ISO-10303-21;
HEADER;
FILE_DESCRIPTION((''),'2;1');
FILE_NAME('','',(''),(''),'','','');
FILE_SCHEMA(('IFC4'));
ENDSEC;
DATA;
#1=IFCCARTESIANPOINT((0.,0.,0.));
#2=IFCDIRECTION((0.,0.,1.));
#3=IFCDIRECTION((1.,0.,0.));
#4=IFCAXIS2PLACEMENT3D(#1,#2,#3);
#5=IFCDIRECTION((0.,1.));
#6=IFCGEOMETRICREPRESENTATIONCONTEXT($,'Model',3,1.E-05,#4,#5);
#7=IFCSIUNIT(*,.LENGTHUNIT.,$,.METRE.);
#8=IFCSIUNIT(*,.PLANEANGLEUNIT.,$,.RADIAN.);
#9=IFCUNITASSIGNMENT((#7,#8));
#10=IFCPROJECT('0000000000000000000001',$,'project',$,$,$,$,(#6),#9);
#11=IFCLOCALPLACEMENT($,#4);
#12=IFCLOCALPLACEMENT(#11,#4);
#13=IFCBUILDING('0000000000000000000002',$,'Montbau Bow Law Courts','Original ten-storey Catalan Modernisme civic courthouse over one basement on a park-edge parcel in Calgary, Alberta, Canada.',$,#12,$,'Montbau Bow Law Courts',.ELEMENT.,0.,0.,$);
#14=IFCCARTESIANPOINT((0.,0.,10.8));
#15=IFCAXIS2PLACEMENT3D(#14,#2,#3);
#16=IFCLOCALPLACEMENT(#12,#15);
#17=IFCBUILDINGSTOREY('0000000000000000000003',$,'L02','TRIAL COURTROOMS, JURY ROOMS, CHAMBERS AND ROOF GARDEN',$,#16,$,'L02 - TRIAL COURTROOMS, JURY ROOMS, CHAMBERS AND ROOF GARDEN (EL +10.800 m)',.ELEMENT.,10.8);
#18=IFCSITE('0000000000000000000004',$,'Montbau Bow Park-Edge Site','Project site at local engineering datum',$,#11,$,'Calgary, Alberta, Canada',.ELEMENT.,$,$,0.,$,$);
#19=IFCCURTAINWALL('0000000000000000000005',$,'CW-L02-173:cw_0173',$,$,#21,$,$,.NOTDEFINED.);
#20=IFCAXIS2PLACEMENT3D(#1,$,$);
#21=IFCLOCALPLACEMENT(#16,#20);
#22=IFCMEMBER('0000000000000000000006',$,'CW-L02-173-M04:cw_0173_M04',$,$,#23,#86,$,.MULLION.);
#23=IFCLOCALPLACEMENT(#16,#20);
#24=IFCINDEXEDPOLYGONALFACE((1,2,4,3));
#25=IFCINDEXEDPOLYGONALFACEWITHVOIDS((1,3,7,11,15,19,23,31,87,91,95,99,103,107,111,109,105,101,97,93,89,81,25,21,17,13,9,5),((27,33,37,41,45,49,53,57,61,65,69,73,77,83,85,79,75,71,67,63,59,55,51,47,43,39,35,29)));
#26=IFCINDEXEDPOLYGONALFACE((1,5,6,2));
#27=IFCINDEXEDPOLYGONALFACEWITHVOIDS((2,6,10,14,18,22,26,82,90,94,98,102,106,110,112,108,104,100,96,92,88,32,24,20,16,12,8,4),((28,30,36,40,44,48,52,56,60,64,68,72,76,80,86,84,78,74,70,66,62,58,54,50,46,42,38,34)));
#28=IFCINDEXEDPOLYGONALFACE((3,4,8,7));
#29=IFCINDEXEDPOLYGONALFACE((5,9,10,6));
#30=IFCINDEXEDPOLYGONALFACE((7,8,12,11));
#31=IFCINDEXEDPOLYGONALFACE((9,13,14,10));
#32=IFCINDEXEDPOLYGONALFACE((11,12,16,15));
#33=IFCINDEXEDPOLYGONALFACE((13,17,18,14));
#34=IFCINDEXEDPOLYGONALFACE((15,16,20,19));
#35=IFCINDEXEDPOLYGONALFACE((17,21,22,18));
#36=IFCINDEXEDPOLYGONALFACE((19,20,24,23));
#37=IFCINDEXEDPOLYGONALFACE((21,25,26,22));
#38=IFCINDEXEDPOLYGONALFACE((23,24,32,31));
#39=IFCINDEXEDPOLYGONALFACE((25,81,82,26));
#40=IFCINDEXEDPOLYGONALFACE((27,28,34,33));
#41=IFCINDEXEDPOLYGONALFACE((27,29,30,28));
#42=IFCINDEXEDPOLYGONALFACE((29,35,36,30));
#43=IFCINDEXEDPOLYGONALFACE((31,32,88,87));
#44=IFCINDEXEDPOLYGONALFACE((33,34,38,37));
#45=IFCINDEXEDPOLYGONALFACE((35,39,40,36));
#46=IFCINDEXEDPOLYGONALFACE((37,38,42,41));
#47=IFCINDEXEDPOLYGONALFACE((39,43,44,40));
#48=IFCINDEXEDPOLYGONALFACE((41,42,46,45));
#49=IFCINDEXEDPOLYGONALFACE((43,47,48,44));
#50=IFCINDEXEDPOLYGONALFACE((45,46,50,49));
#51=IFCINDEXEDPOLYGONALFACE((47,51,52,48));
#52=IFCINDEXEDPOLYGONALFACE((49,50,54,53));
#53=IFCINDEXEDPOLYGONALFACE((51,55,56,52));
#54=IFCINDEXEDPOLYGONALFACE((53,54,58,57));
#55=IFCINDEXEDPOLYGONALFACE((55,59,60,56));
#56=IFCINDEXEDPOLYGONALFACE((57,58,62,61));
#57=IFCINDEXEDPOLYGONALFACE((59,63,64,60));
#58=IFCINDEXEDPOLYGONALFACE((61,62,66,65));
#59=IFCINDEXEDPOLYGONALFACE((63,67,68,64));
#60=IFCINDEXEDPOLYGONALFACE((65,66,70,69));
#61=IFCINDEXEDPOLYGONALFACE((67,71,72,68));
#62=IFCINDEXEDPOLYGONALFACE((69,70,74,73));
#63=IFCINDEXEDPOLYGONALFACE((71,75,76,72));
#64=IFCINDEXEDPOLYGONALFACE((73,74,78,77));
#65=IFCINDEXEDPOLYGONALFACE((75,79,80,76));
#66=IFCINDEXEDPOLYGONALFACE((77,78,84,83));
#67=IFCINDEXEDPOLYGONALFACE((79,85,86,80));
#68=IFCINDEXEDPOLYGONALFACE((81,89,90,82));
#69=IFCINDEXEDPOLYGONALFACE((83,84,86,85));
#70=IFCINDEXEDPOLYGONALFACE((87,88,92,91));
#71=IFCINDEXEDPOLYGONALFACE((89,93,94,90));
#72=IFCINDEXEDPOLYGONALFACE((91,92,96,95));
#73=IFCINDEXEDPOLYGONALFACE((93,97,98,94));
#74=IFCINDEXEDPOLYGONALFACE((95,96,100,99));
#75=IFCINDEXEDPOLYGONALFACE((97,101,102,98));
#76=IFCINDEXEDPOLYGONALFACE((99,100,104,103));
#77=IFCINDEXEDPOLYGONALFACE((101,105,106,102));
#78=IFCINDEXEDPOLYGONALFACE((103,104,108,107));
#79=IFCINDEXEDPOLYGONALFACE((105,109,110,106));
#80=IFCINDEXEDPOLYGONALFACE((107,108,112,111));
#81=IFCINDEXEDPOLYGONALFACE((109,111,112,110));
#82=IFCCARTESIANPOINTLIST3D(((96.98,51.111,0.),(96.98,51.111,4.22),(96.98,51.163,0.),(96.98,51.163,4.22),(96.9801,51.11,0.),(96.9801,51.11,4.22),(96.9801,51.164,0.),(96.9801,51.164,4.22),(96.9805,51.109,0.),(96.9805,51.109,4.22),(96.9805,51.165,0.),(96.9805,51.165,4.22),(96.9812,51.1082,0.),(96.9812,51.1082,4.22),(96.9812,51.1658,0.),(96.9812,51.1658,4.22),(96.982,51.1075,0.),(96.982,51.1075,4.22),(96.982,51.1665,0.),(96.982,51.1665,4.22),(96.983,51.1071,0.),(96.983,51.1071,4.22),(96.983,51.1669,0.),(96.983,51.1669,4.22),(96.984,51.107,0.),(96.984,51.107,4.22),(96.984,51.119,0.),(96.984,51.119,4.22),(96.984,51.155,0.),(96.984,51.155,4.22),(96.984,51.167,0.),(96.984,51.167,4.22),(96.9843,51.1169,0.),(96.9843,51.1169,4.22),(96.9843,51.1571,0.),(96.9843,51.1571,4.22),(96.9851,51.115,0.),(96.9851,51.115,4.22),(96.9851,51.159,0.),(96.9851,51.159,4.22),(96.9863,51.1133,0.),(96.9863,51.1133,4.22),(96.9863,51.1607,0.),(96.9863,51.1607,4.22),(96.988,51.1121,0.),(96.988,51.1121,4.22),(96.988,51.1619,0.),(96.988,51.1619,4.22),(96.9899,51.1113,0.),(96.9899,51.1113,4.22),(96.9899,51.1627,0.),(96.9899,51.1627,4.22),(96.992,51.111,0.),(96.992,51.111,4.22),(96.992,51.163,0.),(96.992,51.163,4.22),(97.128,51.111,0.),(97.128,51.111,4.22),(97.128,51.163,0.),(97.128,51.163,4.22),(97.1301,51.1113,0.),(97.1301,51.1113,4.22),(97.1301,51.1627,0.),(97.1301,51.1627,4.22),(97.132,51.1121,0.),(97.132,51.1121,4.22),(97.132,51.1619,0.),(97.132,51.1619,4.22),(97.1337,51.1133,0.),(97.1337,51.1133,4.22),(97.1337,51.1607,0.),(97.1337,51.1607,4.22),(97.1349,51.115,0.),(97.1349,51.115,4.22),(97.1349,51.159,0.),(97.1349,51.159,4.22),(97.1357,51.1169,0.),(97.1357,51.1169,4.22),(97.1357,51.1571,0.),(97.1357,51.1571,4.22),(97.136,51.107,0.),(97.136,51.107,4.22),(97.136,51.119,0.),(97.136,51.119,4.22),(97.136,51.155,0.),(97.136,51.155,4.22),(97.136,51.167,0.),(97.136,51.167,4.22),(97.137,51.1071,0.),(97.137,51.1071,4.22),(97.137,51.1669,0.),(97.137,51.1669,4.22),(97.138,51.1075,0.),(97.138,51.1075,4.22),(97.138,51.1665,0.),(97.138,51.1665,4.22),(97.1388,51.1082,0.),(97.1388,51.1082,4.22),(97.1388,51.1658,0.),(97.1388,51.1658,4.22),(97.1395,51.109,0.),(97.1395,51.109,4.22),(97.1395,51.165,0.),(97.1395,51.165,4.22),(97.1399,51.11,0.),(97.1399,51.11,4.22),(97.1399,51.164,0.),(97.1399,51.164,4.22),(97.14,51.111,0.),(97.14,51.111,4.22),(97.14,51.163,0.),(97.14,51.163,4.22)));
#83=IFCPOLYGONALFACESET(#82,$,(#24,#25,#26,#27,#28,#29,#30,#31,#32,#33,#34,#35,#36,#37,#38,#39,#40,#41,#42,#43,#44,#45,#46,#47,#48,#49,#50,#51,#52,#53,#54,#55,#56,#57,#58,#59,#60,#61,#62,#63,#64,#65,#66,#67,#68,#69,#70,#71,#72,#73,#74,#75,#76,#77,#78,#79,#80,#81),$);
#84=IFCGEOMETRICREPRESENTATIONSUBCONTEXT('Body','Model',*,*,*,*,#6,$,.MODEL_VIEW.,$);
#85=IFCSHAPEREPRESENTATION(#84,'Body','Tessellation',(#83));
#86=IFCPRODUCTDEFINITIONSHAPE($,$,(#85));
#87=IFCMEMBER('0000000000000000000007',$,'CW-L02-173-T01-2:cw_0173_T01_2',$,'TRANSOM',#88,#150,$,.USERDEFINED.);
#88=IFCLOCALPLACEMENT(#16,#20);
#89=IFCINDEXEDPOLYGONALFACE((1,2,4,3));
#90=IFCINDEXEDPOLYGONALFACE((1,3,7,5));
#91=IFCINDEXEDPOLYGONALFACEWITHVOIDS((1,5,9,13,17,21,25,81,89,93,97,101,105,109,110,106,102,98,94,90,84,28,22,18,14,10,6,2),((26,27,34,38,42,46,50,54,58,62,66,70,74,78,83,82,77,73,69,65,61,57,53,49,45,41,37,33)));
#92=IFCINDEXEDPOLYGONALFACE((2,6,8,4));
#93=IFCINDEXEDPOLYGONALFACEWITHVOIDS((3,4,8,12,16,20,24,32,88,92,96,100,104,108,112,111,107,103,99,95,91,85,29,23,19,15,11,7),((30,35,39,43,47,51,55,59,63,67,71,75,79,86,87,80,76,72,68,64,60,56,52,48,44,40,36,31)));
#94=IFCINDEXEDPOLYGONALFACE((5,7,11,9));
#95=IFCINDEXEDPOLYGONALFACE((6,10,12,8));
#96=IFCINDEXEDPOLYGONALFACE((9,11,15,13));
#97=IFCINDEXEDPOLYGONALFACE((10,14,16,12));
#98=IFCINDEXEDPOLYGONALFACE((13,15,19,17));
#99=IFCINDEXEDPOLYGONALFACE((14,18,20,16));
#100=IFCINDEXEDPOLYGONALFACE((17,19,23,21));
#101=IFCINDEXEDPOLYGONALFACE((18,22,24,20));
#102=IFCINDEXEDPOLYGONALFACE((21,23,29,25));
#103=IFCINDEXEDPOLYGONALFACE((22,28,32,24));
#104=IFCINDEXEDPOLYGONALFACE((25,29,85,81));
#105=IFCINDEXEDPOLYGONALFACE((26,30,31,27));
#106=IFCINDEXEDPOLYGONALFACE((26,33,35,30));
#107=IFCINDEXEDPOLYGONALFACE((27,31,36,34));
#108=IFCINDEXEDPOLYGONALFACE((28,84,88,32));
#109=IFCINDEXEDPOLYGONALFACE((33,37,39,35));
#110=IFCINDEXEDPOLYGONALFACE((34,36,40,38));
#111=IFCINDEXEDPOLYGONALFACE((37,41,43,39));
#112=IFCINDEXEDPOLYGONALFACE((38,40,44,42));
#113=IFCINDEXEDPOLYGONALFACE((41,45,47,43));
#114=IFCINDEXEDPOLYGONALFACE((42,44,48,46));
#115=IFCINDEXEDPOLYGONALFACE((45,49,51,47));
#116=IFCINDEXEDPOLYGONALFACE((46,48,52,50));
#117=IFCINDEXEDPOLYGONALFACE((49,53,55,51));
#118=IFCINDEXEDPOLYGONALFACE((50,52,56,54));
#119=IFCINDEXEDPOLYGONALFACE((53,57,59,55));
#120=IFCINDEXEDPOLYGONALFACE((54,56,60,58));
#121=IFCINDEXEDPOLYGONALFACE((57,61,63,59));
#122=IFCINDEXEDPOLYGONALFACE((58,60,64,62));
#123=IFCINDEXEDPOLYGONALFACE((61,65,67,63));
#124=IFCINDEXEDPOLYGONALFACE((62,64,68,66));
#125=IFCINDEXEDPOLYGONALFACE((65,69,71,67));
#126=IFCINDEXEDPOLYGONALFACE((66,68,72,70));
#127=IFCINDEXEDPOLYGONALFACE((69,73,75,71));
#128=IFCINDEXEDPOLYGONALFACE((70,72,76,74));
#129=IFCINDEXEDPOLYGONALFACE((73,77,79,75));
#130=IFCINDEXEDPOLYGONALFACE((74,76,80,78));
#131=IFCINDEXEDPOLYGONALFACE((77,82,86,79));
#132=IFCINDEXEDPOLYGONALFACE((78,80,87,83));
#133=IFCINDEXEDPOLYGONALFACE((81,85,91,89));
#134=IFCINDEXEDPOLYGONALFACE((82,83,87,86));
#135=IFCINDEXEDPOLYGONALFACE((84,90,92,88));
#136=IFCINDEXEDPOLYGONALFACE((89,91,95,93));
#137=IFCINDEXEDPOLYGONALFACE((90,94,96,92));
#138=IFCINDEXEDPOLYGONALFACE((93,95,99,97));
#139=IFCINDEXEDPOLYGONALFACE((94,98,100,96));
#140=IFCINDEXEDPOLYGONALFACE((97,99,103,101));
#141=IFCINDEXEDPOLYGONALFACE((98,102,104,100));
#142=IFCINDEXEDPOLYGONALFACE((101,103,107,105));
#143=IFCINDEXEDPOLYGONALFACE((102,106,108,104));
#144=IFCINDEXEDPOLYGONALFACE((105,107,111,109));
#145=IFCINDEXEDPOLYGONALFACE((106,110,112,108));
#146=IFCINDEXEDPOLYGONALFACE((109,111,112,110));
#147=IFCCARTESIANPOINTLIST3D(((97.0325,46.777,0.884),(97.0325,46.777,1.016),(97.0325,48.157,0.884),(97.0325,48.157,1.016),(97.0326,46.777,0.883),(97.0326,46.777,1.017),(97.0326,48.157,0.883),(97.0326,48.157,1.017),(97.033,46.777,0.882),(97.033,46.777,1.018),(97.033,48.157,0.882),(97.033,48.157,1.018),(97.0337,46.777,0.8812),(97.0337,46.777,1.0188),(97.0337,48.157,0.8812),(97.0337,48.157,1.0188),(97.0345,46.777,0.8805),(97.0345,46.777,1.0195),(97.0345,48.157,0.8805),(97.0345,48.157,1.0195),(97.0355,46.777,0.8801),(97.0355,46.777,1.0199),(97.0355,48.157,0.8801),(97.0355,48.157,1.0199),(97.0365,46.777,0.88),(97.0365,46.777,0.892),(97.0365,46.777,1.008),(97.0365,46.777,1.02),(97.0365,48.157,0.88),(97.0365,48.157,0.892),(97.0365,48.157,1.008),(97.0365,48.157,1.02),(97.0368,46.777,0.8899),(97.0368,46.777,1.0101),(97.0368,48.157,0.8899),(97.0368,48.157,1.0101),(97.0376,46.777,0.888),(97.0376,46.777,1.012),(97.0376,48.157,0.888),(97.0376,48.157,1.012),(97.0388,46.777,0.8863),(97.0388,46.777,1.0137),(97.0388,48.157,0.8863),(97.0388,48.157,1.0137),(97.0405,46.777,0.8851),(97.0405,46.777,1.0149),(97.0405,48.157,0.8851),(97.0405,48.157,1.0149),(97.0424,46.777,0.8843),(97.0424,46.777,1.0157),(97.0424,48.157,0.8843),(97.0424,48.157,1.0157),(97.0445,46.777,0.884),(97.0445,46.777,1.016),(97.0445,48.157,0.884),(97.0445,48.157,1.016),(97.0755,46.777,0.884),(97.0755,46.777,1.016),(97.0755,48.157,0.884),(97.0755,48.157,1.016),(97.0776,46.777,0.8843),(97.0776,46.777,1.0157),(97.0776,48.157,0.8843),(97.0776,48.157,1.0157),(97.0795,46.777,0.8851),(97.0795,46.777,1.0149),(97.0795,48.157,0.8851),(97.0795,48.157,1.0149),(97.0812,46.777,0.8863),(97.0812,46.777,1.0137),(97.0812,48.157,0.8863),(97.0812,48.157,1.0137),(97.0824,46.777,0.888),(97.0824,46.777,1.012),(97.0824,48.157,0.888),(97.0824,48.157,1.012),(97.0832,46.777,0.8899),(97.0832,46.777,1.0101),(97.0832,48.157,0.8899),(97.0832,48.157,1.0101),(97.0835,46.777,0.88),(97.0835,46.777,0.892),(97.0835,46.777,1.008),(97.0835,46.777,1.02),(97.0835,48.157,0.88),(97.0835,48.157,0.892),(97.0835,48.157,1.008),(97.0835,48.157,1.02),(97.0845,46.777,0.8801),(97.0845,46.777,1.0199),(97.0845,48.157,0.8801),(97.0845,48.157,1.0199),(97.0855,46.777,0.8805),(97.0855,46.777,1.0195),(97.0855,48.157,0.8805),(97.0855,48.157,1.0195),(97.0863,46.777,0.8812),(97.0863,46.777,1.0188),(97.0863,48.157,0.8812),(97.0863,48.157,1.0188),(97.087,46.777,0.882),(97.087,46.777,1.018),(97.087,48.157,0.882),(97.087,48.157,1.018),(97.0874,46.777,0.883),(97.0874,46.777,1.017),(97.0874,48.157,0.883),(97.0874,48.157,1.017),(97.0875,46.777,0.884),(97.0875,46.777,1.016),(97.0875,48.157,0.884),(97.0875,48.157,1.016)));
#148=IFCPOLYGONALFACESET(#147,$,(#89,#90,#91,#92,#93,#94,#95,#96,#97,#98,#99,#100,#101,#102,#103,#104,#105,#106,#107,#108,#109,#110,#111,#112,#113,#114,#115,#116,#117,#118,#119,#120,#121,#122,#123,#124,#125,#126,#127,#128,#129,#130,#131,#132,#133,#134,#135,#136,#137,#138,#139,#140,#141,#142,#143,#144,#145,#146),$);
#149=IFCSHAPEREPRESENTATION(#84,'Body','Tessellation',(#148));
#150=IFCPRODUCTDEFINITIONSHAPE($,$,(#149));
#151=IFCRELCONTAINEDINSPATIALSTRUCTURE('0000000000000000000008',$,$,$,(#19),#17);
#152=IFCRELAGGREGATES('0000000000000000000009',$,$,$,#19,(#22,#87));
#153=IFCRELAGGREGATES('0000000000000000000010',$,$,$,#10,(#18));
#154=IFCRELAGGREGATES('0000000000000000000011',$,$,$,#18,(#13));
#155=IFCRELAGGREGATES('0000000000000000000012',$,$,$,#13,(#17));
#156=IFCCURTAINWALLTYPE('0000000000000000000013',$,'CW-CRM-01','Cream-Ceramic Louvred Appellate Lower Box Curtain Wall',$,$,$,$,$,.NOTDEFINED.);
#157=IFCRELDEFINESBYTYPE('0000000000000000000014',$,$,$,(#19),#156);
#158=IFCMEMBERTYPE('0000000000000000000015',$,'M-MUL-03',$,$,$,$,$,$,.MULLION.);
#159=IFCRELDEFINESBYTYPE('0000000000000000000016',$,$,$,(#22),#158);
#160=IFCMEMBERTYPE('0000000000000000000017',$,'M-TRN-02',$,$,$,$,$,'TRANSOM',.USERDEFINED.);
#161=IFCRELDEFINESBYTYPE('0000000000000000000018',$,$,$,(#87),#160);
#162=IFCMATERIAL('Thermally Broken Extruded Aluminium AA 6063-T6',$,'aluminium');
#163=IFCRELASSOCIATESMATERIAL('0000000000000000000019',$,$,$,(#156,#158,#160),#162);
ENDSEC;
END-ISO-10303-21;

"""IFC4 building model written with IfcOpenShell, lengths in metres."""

from ifc_helpers import new_model, si_unit, direction, frame, origin_with_axes, origin_2d_with_axis, place, context, subcontext, project, spatial, hollow_rectangle, extrude, material, material_profile, profile_set, type_object, element, aggregate, save


model = new_model("IFC4")

# Units and contexts
model_context = context("Model", 3, precision=1e-05, world=origin_with_axes(), true_north=direction((0.0, 1.0)))
body_context = subcontext(model_context, "Body", "Model", "MODEL_VIEW")
ifc_project = project(units=[si_unit("LENGTHUNIT", "METRE"), si_unit("PLANEANGLEUNIT", "RADIAN")], contexts=[model_context])

# Site, building, storey
site_placement = place(None, origin_with_axes())
site = spatial("IfcSite", under=ifc_project, at=site_placement, Name="Montbau Bow Park-Edge Site", Description="Project site at local engineering datum", LongName="Calgary, Alberta, Canada", CompositionType="ELEMENT", RefElevation=0.0)
building_placement = place(site_placement, origin_with_axes())
building = spatial("IfcBuilding", under=site, at=building_placement, Name="Montbau Bow Law Courts", Description="Original ten-storey Catalan Modernisme civic courthouse over one basement on a park-edge parcel in Calgary, Alberta, Canada.", LongName="Montbau Bow Law Courts", CompositionType="ELEMENT", ElevationOfRefHeight=0.0, ElevationOfTerrain=0.0)
storey_placement = place(building_placement, frame((0.0, 0.0, 10.8), z_axis=(0.0, 0.0, 1.0), x_axis=(1.0, 0.0, 0.0)))
storey = spatial("IfcBuildingStorey", under=building, at=storey_placement, Name="L02", Description="TRIAL COURTROOMS, JURY ROOMS, CHAMBERS AND ROOF GARDEN", LongName="L02 - TRIAL COURTROOMS, JURY ROOMS, CHAMBERS AND ROOF GARDEN (EL +10.800 m)", CompositionType="ELEMENT", Elevation=10.8)

# Curtain wall, members
ifc_material_1 = material(Name="Thermally Broken Extruded Aluminium AA 6063-T6", Category="aluminium")
curtain_wall_type = type_object("IfcCurtainWallType", Name="CW-CRM-01", Description="Cream-Ceramic Louvred Appellate Lower Box Curtain Wall", PredefinedType="NOTDEFINED", material=ifc_material_1)
curtain_wall_placement = place(None, frame((97.06, 46.715, 10.8), z_axis=(0.0, 0.0, 1.0), x_axis=(1.0, 0.0, 0.0)))
curtain_wall = element("IfcCurtainWall", 1, at=curtain_wall_placement, inside=storey, type_object=curtain_wall_type, Name="CW-L02-173:cw_0173", PredefinedType="NOTDEFINED")
ifc_material_profile_1 = material_profile(ifc_material_1, hollow_rectangle(XDim=0.06, YDim=0.16, WallThickness=0.004, InnerFilletRadius=0.008, OuterFilletRadius=0.004, at=origin_2d_with_axis()), Name="CWM-160X60", Category="Main", Priority=0)
ifc_profile_set_1 = profile_set([ifc_material_profile_1], Name="Thermally Broken Extruded Aluminium AA 6063-T6")
member_type_1 = type_object("IfcMemberType", Name="M-MUL-03", PredefinedType="MULLION", material=ifc_profile_set_1)
member_1_placement = place(None, frame((97.06, 51.137, 10.8), z_axis=(0.0, 0.0, 1.0), x_axis=(0.0, 1.0, 0.0)))
member_1 = element("IfcMember", 2, at=member_1_placement, type_object=member_type_1, Name="CW-L02-173-M04:cw_0173_M04", PredefinedType="MULLION", context=body_context, shape_type="SweptSolid", body=[
    extrude(hollow_rectangle(XDim=0.06, YDim=0.16, WallThickness=0.004, InnerFilletRadius=0.008, OuterFilletRadius=0.004, at=origin_2d_with_axis()), origin_with_axes(), (0.0, 0.0, 1.0), 4.22),
])
ifc_material_profile_2 = material_profile(ifc_material_1, hollow_rectangle(XDim=0.055, YDim=0.14, WallThickness=0.004, InnerFilletRadius=0.008, OuterFilletRadius=0.004, at=origin_2d_with_axis()), Name="CWT-140X55", Category="Main", Priority=0)
ifc_profile_set_2 = profile_set([ifc_material_profile_2], Name="Thermally Broken Extruded Aluminium AA 6063-T6")
member_type_2 = type_object("IfcMemberType", Name="M-TRN-02", ElementType="TRANSOM", PredefinedType="USERDEFINED", material=ifc_profile_set_2)
member_2_placement = place(None, frame((97.06, 46.777, 11.75), z_axis=(0.0, 1.0, 0.0), x_axis=(-1.0, 0.0, 0.0)))
member_2 = element("IfcMember", 3, at=member_2_placement, type_object=member_type_2, Name="CW-L02-173-T01-2:cw_0173_T01_2", ObjectType="TRANSOM", PredefinedType="USERDEFINED", context=body_context, shape_type="SweptSolid", body=[
    extrude(hollow_rectangle(XDim=0.055, YDim=0.14, WallThickness=0.004, InnerFilletRadius=0.008, OuterFilletRadius=0.004, at=origin_2d_with_axis()), origin_with_axes(), (0.0, 0.0, 1.0), 1.38),
])
aggregate(curtain_wall, [member_1, member_2])

save(model, "model.ifc")
